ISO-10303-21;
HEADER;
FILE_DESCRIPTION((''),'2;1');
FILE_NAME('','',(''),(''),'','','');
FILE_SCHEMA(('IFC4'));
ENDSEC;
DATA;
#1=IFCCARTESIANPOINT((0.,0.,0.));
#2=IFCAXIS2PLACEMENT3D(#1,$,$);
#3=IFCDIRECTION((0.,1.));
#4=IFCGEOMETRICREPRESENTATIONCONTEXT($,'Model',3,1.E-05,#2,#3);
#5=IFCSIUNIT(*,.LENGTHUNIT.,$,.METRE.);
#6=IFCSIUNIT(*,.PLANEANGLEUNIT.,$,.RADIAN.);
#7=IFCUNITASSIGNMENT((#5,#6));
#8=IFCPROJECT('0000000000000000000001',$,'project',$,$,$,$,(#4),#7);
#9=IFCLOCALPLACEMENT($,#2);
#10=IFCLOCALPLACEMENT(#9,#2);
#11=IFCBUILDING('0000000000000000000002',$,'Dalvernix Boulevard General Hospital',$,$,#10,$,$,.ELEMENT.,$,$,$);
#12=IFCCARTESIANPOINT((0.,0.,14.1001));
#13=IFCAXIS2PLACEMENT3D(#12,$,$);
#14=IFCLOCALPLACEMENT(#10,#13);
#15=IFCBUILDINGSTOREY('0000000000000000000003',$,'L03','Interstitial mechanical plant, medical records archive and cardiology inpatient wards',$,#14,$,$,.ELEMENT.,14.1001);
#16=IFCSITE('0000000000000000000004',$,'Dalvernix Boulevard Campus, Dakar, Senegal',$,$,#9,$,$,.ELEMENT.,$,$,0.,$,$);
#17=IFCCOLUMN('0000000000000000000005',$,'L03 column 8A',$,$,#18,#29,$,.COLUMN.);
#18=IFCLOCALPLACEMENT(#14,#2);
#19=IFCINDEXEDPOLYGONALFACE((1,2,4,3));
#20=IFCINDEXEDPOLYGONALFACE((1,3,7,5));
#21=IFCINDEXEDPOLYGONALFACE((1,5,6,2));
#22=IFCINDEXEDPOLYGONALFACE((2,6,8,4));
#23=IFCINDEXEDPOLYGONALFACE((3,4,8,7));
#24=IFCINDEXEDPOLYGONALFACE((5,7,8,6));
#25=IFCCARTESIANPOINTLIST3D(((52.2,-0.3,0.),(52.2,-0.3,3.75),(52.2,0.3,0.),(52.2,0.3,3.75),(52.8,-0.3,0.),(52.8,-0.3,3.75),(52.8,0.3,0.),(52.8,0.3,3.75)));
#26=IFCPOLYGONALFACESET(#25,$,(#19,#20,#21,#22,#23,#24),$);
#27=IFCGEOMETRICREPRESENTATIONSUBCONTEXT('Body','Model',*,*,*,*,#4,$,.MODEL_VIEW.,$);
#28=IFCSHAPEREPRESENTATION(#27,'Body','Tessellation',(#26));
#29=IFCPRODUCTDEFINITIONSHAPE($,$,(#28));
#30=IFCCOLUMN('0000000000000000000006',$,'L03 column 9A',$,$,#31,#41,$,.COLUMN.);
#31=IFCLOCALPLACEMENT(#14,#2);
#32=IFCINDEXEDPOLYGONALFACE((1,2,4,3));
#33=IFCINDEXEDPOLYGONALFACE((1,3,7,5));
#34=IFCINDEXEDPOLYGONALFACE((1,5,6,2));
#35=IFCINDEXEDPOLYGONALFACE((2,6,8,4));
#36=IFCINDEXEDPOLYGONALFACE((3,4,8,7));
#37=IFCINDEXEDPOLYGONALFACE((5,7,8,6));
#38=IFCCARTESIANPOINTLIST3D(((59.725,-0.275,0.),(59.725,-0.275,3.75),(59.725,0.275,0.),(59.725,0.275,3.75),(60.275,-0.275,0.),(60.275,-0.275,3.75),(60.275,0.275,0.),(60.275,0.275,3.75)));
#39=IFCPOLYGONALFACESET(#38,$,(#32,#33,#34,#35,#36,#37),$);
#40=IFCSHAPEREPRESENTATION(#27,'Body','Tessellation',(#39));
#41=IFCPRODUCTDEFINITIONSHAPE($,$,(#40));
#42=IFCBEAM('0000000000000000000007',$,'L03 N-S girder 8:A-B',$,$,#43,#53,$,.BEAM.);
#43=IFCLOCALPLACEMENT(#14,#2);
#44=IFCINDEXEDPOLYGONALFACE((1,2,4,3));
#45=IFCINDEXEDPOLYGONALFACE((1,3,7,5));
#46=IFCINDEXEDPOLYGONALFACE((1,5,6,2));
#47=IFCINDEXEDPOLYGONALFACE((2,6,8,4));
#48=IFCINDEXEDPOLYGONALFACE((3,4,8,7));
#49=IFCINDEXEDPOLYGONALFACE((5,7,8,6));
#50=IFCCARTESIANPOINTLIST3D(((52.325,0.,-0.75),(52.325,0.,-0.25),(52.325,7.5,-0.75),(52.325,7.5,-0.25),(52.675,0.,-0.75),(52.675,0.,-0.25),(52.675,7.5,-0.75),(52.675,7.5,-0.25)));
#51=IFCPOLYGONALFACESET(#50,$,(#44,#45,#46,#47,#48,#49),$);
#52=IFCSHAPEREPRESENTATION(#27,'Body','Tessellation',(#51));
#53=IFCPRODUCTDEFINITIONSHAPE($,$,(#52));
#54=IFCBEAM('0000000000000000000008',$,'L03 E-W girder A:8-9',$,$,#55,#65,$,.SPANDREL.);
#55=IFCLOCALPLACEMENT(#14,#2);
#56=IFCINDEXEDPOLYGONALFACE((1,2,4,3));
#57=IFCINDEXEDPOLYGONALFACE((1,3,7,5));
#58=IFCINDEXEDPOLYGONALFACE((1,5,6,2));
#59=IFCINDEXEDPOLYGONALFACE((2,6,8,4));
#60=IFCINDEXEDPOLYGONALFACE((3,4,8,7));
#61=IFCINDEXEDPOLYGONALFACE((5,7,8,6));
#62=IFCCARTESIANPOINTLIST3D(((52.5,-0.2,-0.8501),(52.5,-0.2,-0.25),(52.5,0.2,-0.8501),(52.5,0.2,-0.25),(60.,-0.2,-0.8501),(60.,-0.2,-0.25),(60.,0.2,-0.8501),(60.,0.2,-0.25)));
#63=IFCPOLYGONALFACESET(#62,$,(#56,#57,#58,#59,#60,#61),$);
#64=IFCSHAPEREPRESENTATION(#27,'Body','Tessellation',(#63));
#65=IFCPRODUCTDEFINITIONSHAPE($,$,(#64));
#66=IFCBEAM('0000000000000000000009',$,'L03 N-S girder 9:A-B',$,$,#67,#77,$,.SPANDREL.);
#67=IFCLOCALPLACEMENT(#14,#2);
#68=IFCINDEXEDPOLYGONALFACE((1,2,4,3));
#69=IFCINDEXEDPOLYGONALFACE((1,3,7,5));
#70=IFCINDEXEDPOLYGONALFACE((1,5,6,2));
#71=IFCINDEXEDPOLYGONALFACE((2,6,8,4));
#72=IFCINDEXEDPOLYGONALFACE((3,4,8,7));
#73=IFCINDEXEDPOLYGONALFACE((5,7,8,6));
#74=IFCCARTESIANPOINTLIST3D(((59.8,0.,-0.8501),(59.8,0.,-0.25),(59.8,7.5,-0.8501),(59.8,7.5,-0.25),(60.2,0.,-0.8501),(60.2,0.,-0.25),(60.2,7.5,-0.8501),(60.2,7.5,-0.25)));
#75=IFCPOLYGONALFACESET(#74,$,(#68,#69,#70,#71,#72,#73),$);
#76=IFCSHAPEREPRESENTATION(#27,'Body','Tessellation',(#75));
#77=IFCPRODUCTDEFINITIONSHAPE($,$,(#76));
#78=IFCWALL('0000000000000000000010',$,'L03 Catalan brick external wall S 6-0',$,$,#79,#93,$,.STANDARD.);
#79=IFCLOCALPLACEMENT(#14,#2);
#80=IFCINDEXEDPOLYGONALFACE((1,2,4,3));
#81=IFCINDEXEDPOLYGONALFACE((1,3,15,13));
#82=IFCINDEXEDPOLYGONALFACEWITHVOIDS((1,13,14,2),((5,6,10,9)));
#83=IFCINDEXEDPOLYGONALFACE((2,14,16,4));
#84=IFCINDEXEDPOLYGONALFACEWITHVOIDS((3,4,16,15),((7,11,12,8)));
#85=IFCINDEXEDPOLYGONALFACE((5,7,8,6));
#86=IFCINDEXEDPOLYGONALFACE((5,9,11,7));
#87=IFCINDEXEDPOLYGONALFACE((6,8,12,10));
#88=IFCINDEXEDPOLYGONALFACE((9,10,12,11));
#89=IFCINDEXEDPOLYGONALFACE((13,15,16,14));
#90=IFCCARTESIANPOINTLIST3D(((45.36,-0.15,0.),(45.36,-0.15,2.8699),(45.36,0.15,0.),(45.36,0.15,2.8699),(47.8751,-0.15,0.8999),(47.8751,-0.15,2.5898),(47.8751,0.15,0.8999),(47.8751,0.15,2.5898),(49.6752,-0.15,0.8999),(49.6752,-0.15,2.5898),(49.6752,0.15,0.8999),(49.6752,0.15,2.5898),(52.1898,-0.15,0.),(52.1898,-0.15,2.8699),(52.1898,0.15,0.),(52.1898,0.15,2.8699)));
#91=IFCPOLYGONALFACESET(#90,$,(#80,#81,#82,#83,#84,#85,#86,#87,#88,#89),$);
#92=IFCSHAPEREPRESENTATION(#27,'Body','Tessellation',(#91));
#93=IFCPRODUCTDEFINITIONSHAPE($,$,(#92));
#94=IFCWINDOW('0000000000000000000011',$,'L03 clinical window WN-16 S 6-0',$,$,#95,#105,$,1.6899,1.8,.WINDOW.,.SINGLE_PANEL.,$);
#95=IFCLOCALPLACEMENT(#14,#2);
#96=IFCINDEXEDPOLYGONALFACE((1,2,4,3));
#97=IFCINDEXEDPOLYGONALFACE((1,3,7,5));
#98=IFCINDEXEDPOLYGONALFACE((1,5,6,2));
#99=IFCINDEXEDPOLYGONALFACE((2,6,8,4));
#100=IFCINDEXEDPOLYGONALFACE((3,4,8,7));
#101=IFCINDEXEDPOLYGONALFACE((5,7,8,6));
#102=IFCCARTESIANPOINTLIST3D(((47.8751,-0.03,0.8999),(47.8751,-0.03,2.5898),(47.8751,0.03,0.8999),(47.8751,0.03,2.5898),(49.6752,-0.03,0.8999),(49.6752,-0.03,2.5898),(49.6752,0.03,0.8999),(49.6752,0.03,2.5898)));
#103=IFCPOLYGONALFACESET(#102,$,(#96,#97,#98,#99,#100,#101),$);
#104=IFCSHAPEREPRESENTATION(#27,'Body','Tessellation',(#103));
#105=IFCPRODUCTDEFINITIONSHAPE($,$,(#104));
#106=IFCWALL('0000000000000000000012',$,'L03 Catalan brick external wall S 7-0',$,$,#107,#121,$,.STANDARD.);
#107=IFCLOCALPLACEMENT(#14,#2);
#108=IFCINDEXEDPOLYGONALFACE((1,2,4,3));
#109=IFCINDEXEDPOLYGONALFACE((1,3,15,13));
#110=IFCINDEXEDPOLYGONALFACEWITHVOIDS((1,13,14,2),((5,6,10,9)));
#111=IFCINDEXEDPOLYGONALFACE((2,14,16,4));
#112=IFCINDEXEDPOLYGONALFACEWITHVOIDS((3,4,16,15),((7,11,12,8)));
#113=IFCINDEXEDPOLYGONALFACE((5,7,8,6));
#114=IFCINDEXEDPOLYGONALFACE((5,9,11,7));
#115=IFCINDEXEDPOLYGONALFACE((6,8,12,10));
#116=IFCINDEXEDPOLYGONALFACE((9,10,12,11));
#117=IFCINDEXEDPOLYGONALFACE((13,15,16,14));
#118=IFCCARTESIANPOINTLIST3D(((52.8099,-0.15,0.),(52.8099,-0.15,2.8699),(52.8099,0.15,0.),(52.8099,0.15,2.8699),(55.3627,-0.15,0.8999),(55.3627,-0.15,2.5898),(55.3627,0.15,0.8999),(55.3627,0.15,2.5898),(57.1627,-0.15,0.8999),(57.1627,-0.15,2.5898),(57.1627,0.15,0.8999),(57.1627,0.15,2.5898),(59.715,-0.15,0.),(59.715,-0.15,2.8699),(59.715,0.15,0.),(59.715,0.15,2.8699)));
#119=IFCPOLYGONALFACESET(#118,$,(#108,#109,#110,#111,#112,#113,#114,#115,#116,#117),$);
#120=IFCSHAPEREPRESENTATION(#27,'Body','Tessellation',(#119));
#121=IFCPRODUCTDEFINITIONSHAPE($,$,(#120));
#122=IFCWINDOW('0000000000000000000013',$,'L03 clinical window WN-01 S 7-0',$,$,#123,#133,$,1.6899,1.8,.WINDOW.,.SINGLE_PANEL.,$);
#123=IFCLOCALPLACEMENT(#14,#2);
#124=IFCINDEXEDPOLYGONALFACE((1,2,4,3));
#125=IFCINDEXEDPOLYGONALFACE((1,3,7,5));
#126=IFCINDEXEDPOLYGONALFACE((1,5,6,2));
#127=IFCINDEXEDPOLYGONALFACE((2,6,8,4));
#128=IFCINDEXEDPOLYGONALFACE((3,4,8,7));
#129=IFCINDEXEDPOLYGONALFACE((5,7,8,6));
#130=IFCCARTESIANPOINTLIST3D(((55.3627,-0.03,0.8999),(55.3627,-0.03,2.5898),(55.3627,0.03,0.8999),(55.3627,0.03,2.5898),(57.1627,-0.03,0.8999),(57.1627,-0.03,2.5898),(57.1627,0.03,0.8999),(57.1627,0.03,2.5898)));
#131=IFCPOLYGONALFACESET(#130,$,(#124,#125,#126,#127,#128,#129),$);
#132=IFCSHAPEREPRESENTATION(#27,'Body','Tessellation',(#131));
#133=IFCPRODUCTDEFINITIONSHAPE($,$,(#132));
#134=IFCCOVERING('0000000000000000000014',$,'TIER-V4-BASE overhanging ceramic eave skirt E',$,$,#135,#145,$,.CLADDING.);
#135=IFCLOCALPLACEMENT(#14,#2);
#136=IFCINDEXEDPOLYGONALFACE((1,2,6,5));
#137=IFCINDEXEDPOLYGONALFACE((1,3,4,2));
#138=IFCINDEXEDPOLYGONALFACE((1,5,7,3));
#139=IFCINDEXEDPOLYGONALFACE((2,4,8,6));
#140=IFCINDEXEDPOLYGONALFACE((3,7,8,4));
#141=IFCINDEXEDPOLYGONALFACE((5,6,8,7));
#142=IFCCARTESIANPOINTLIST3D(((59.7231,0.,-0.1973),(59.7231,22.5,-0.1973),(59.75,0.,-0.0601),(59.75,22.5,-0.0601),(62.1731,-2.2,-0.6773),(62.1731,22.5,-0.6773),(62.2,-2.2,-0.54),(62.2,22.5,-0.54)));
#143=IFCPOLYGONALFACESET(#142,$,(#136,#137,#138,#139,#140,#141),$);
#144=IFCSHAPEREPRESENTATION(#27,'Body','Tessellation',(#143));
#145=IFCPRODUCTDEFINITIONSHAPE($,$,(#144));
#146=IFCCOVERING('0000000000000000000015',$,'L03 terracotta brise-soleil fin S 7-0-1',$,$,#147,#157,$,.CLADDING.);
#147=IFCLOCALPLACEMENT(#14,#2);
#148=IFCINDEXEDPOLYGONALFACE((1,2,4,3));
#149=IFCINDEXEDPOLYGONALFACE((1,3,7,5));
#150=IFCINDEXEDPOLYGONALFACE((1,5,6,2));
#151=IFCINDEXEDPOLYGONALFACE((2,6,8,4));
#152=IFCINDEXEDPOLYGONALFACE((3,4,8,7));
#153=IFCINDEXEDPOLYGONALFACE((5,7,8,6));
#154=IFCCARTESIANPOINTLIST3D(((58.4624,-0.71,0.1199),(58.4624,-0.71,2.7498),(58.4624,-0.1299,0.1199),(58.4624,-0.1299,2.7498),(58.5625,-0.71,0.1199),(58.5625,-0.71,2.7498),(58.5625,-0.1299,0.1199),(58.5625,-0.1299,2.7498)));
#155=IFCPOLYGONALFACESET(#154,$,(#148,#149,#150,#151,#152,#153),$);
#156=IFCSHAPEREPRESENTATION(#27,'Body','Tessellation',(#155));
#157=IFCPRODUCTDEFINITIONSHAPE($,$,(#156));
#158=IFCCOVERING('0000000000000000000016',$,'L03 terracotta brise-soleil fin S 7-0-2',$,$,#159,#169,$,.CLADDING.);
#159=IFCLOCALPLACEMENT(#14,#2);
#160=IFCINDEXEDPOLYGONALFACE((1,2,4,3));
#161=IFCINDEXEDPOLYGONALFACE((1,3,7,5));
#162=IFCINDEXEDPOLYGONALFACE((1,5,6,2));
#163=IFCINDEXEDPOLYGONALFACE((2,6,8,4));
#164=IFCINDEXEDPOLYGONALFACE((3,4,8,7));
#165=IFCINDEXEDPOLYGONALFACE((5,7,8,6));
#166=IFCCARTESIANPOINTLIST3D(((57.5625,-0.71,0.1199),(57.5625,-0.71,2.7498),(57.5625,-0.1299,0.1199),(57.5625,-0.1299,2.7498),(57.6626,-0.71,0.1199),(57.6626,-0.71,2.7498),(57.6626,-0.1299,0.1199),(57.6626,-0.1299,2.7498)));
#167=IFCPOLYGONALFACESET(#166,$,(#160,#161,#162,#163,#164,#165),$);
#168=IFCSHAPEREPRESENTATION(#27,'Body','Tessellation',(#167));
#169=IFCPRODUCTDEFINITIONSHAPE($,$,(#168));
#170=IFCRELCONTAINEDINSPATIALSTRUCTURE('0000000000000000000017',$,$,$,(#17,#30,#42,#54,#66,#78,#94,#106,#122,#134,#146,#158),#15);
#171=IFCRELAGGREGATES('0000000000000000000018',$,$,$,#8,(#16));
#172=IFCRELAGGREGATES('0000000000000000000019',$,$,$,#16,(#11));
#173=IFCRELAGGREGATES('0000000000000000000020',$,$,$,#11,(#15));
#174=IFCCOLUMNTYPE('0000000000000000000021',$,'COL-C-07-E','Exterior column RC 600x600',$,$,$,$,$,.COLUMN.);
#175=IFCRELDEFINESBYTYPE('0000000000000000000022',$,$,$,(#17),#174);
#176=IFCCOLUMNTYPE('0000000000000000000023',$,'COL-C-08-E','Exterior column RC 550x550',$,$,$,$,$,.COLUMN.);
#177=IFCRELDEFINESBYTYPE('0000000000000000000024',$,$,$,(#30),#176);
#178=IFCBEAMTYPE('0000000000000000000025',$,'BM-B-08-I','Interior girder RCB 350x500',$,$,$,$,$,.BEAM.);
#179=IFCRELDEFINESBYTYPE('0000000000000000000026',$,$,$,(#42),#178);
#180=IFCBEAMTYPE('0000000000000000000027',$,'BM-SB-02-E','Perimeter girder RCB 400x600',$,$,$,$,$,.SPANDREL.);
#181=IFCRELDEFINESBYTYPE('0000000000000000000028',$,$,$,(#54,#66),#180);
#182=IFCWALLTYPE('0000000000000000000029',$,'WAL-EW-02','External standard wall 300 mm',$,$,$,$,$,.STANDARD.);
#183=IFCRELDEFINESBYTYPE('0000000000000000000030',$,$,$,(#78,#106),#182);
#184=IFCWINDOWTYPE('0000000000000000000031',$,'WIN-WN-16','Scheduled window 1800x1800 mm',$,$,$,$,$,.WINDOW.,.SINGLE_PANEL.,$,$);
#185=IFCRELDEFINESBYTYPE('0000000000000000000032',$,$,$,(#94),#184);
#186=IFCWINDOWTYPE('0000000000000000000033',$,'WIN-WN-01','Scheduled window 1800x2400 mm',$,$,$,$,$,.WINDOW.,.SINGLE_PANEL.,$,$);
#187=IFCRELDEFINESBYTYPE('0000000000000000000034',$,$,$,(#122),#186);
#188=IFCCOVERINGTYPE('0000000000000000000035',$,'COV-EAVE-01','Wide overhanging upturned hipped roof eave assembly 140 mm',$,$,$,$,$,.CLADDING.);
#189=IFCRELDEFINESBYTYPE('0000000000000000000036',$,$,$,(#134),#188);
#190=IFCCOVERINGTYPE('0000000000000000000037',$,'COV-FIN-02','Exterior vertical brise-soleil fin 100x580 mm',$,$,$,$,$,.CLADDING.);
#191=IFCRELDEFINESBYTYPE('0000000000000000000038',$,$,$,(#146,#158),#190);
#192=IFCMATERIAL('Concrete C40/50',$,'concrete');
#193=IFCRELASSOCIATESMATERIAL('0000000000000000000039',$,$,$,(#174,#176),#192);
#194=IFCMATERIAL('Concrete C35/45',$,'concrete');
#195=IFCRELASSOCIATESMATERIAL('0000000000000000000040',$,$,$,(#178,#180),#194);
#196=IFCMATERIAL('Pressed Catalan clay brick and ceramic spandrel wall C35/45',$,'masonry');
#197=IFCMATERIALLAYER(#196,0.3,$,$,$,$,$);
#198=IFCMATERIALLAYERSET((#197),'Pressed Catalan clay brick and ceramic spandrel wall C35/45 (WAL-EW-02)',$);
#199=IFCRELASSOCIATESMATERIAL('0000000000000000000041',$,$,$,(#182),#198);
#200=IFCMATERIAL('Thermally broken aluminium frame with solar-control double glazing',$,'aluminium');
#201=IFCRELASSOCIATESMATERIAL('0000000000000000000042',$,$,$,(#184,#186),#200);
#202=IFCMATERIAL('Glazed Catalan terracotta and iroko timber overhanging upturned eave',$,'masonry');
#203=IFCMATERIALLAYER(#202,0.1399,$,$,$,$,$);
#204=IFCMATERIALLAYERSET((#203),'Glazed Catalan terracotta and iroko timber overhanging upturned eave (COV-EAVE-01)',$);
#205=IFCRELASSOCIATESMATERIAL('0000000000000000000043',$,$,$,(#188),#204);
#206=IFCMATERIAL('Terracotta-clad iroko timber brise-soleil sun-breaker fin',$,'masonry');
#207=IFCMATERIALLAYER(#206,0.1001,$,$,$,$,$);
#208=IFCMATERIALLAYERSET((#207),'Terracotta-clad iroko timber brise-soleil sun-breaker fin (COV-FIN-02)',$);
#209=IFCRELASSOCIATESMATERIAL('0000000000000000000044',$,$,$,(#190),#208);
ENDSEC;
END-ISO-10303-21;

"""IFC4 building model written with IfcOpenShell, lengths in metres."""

from ifc_helpers import new_model, si_unit, direction, frame, frame_2d, origin, origin_2d, place, context, subcontext, project, spatial, polyline, rectangle, outline, extrude, material, layer, layer_set, material_profile, profile_set, type_object, element, fill, save


model = new_model("IFC4")

# Units and contexts
model_context = context("Model", 3, precision=1e-05, world=origin(), true_north=direction((0.0, 1.0)))
body_context = subcontext(model_context, "Body", "Model", "MODEL_VIEW")
ifc_project = project(units=[si_unit("LENGTHUNIT", "METRE"), si_unit("PLANEANGLEUNIT", "RADIAN")], contexts=[model_context])

# Site, building, storey
site_placement = place(None, origin())
site = spatial("IfcSite", under=ifc_project, at=site_placement, Name="Dalvernix Boulevard Campus, Dakar, Senegal", CompositionType="ELEMENT", RefElevation=0.0)
building_placement = place(site_placement, origin())
building = spatial("IfcBuilding", under=site, at=building_placement, Name="Dalvernix Boulevard General Hospital", CompositionType="ELEMENT")
storey_placement = place(building_placement, frame((0.0, 0.0, 14.1001)))
storey = spatial("IfcBuildingStorey", under=building, at=storey_placement, Name="L03", Description="Interstitial mechanical plant, medical records archive and cardiology inpatient wards", CompositionType="ELEMENT", Elevation=14.1001)

# Columns
ifc_material_1 = material(Name="Concrete C40/50", Category="concrete")
ifc_material_profile_1 = material_profile(ifc_material_1, rectangle(XDim=0.6001, YDim=0.6001, at=origin_2d()), Name="RC 600x600")
ifc_profile_set_1 = profile_set([ifc_material_profile_1], Name="Concrete C40/50")
column_type_1 = type_object("IfcColumnType", Name="COL-C-07-E", Description="Exterior column RC 600x600", PredefinedType="COLUMN", material=ifc_profile_set_1)
column_1_placement = place(storey_placement, frame((52.5, 0.0, 0.0), z_axis=(0.0, 0.0, 1.0), x_axis=(1.0, 0.0, 0.0)))
element("IfcColumn", 1, at=column_1_placement, inside=storey, type_object=column_type_1, Name="L03 column 8A", PredefinedType="COLUMN", context=body_context, shape_type="SweptSolid", body=[
    extrude(rectangle(XDim=0.6001, YDim=0.6001, at=origin_2d()), origin(), (0.0, 0.0, 1.0), 3.75),
])
ifc_material_profile_2 = material_profile(ifc_material_1, rectangle(XDim=0.55, YDim=0.55, at=origin_2d()), Name="RC 550x550")
ifc_profile_set_2 = profile_set([ifc_material_profile_2], Name="Concrete C40/50")
column_type_2 = type_object("IfcColumnType", Name="COL-C-08-E", Description="Exterior column RC 550x550", PredefinedType="COLUMN", material=ifc_profile_set_2)
column_2_placement = place(storey_placement, frame((60.0, 0.0, 0.0), z_axis=(0.0, 0.0, 1.0), x_axis=(1.0, 0.0, 0.0)))
element("IfcColumn", 2, at=column_2_placement, inside=storey, type_object=column_type_2, Name="L03 column 9A", PredefinedType="COLUMN", context=body_context, shape_type="SweptSolid", body=[
    extrude(rectangle(XDim=0.55, YDim=0.55, at=origin_2d()), origin(), (0.0, 0.0, 1.0), 3.75),
])

# Beams
ifc_material_2 = material(Name="Concrete C35/45", Category="concrete")
ifc_material_profile_3 = material_profile(ifc_material_2, rectangle(XDim=0.3501, YDim=0.5, at=origin_2d()), Name="RCB 350x500")
ifc_profile_set_3 = profile_set([ifc_material_profile_3], Name="Concrete C35/45")
beam_type_1 = type_object("IfcBeamType", Name="BM-B-08-I", Description="Interior girder RCB 350x500", PredefinedType="BEAM", material=ifc_profile_set_3)
beam_placement = place(storey_placement, frame((52.5, 0.0, -0.5), z_axis=(0.0, 1.0, 0.0), x_axis=(-1.0, 0.0, 0.0)))
element("IfcBeam", 3, at=beam_placement, inside=storey, type_object=beam_type_1, Name="L03 N-S girder 8:A-B", PredefinedType="BEAM", context=body_context, shape_type="SweptSolid", body=[
    extrude(rectangle(XDim=0.3501, YDim=0.5, at=origin_2d()), origin(), (0.0, 0.0, 1.0), 7.5),
])
ifc_material_profile_4 = material_profile(ifc_material_2, rectangle(XDim=0.3999, YDim=0.6001, at=origin_2d()), Name="RCB 400x600")
ifc_profile_set_4 = profile_set([ifc_material_profile_4], Name="Concrete C35/45")
beam_type_2 = type_object("IfcBeamType", Name="BM-SB-02-E", Description="Perimeter girder RCB 400x600", PredefinedType="SPANDREL", material=ifc_profile_set_4)
for number, where, z_axis, x_axis, name in (
    (4, (52.5, 0.0, -0.55), (1.0, 0.0, 0.0), (0.0, 1.0, 0.0), "L03 E-W girder A:8-9"),
    (5, (60.0, 0.0, -0.55), (0.0, 1.0, 0.0), (-1.0, 0.0, 0.0), "L03 N-S girder 9:A-B"),
):
    element("IfcBeam", number, at=place(storey_placement, frame(where, z_axis=z_axis, x_axis=x_axis)), inside=storey, type_object=beam_type_2, Name=name, PredefinedType="SPANDREL", context=body_context, shape_type="SweptSolid", body=[
        extrude(rectangle(XDim=0.3999, YDim=0.6001, at=origin_2d()), origin(), (0.0, 0.0, 1.0), 7.5),
    ])

# Walls, openings, windows
ifc_material_3 = material(Name="Pressed Catalan clay brick and ceramic spandrel wall C35/45", Category="masonry")
ifc_layer_1 = layer(ifc_material_3, 0.3)
ifc_layer_set_1 = layer_set([ifc_layer_1], Name="Pressed Catalan clay brick and ceramic spandrel wall C35/45 (WAL-EW-02)")
wall_type = type_object("IfcWallType", Name="WAL-EW-02", Description="External standard wall 300 mm", PredefinedType="STANDARD", material=ifc_layer_set_1)
wall_1_placement = place(storey_placement, frame((52.1899, 0.0, 0.0), z_axis=(0.0, 0.0, 1.0), x_axis=(-1.0, 0.0, 0.0)))
wall_1 = element("IfcWall", 6, at=wall_1_placement, inside=storey, type_object=wall_type, Name="L03 Catalan brick external wall S 6-0", PredefinedType="STANDARD", context=body_context, shape_type="SweptSolid", body=[
    extrude(rectangle(XDim=6.8298, YDim=0.3, at=frame_2d((3.415, 0.0))), origin(), (0.0, 0.0, 1.0), 2.8699),
])
opening_1_placement = place(wall_1_placement, frame((2.5149, 0.0, 0.8999)))
opening_1 = element("IfcOpeningElement", 7, at=opening_1_placement, cuts=wall_1, PredefinedType="OPENING", context=body_context, shape_type="SweptSolid", body=[
    extrude(rectangle(XDim=1.8, YDim=1.6899, at=frame_2d((0.8999, 0.845))), frame((0.0, 0.1599, 0.0), z_axis=(0.0, -1.0, 0.0), x_axis=(1.0, 0.0, 0.0)), (0.0, 0.0, 1.0), 0.3201),
])
ifc_material_4 = material(Name="Thermally broken aluminium frame with solar-control double glazing", Category="aluminium")
window_type_1 = type_object("IfcWindowType", Name="WIN-WN-16", Description="Scheduled window 1800x1800 mm", PartitioningType="SINGLE_PANEL", PredefinedType="WINDOW", material=ifc_material_4)
window_1_placement = place(opening_1_placement, origin())
window_1 = element("IfcWindow", 8, at=window_1_placement, inside=storey, type_object=window_type_1, Name="L03 clinical window WN-16 S 6-0", OverallHeight=1.6899, OverallWidth=1.8, PartitioningType="SINGLE_PANEL", PredefinedType="WINDOW", context=body_context, shape_type="SweptSolid", body=[
    extrude(rectangle(XDim=1.8, YDim=1.6899, at=frame_2d((0.8999, 0.845))), frame((0.0, 0.03, 0.0), z_axis=(0.0, -1.0, 0.0), x_axis=(1.0, 0.0, 0.0)), (0.0, 0.0, 1.0), 0.0601),
])
fill(opening_1, window_1)
wall_2_placement = place(storey_placement, frame((59.7151, 0.0, 0.0), z_axis=(0.0, 0.0, 1.0), x_axis=(-1.0, 0.0, 0.0)))
wall_2 = element("IfcWall", 9, at=wall_2_placement, inside=storey, type_object=wall_type, Name="L03 Catalan brick external wall S 7-0", PredefinedType="STANDARD", context=body_context, shape_type="SweptSolid", body=[
    extrude(rectangle(XDim=6.905, YDim=0.3, at=frame_2d((3.4526, 0.0))), origin(), (0.0, 0.0, 1.0), 2.8699),
])
opening_2_placement = place(wall_2_placement, frame((2.5525, 0.0, 0.8999)))
opening_2 = element("IfcOpeningElement", 10, at=opening_2_placement, cuts=wall_2, PredefinedType="OPENING", context=body_context, shape_type="SweptSolid", body=[
    extrude(rectangle(XDim=1.8, YDim=1.6899, at=frame_2d((0.8999, 0.845))), frame((0.0, 0.1599, 0.0), z_axis=(0.0, -1.0, 0.0), x_axis=(1.0, 0.0, 0.0)), (0.0, 0.0, 1.0), 0.3201),
])
window_type_2 = type_object("IfcWindowType", Name="WIN-WN-01", Description="Scheduled window 1800x2400 mm", PartitioningType="SINGLE_PANEL", PredefinedType="WINDOW", material=ifc_material_4)
window_2_placement = place(opening_2_placement, origin())
window_2 = element("IfcWindow", 11, at=window_2_placement, inside=storey, type_object=window_type_2, Name="L03 clinical window WN-01 S 7-0", OverallHeight=1.6899, OverallWidth=1.8, PartitioningType="SINGLE_PANEL", PredefinedType="WINDOW", context=body_context, shape_type="SweptSolid", body=[
    extrude(rectangle(XDim=1.8, YDim=1.6899, at=frame_2d((0.8999, 0.845))), frame((0.0, 0.03, 0.0), z_axis=(0.0, -1.0, 0.0), x_axis=(1.0, 0.0, 0.0)), (0.0, 0.0, 1.0), 0.0601),
])
fill(opening_2, window_2)

# Coverings
ifc_material_5 = material(Name="Glazed Catalan terracotta and iroko timber overhanging upturned eave", Category="masonry")
ifc_layer_2 = layer(ifc_material_5, 0.1399)
ifc_layer_set_2 = layer_set([ifc_layer_2], Name="Glazed Catalan terracotta and iroko timber overhanging upturned eave (COV-EAVE-01)")
covering_type_1 = type_object("IfcCoveringType", Name="COV-EAVE-01", Description="Wide overhanging upturned hipped roof eave assembly 140 mm", PredefinedType="CLADDING", material=ifc_layer_set_2)
covering_placement = place(storey_placement, frame((59.75, 0.0, -0.0601), z_axis=(0.192259, 0.0, 0.981344), x_axis=(0.0, 1.0, 0.0)))
element("IfcCovering", 12, at=covering_placement, inside=storey, type_object=covering_type_1, Name="TIER-V4-BASE overhanging ceramic eave skirt E", PredefinedType="CLADDING", context=body_context, shape_type="SweptSolid", body=[
    extrude(outline(polyline([(0.0, 0.0), (22.5, 0.0), (22.5, -2.4965), (-2.2, -2.4965), (0.0, 0.0)])), origin(), (0.0, 0.0, -1.0), 0.1399),
])
ifc_material_6 = material(Name="Terracotta-clad iroko timber brise-soleil sun-breaker fin", Category="masonry")
ifc_layer_3 = layer(ifc_material_6, 0.1001)
ifc_layer_set_3 = layer_set([ifc_layer_3], Name="Terracotta-clad iroko timber brise-soleil sun-breaker fin (COV-FIN-02)")
covering_type_2 = type_object("IfcCoveringType", Name="COV-FIN-02", Description="Exterior vertical brise-soleil fin 100x580 mm", PredefinedType="CLADDING", material=ifc_layer_set_3)
for number, where, z_axis, x_axis, name in (
    (13, (58.5125, -0.4199, 0.1199), (0.0, 0.0, 1.0), (-1.0, 0.0, 0.0), "L03 terracotta brise-soleil fin S 7-0-1"),
    (14, (57.6125, -0.4199, 0.1199), (0.0, 0.0, 1.0), (-1.0, 0.0, 0.0), "L03 terracotta brise-soleil fin S 7-0-2"),
):
    element("IfcCovering", number, at=place(storey_placement, frame(where, z_axis=z_axis, x_axis=x_axis)), inside=storey, type_object=covering_type_2, Name=name, PredefinedType="CLADDING", context=body_context, shape_type="SweptSolid", body=[
        extrude(rectangle(XDim=0.1001, YDim=0.5801, at=origin_2d()), origin(), (0.0, 0.0, 1.0), 2.6299),
    ])

save(model, "model.ifc")
